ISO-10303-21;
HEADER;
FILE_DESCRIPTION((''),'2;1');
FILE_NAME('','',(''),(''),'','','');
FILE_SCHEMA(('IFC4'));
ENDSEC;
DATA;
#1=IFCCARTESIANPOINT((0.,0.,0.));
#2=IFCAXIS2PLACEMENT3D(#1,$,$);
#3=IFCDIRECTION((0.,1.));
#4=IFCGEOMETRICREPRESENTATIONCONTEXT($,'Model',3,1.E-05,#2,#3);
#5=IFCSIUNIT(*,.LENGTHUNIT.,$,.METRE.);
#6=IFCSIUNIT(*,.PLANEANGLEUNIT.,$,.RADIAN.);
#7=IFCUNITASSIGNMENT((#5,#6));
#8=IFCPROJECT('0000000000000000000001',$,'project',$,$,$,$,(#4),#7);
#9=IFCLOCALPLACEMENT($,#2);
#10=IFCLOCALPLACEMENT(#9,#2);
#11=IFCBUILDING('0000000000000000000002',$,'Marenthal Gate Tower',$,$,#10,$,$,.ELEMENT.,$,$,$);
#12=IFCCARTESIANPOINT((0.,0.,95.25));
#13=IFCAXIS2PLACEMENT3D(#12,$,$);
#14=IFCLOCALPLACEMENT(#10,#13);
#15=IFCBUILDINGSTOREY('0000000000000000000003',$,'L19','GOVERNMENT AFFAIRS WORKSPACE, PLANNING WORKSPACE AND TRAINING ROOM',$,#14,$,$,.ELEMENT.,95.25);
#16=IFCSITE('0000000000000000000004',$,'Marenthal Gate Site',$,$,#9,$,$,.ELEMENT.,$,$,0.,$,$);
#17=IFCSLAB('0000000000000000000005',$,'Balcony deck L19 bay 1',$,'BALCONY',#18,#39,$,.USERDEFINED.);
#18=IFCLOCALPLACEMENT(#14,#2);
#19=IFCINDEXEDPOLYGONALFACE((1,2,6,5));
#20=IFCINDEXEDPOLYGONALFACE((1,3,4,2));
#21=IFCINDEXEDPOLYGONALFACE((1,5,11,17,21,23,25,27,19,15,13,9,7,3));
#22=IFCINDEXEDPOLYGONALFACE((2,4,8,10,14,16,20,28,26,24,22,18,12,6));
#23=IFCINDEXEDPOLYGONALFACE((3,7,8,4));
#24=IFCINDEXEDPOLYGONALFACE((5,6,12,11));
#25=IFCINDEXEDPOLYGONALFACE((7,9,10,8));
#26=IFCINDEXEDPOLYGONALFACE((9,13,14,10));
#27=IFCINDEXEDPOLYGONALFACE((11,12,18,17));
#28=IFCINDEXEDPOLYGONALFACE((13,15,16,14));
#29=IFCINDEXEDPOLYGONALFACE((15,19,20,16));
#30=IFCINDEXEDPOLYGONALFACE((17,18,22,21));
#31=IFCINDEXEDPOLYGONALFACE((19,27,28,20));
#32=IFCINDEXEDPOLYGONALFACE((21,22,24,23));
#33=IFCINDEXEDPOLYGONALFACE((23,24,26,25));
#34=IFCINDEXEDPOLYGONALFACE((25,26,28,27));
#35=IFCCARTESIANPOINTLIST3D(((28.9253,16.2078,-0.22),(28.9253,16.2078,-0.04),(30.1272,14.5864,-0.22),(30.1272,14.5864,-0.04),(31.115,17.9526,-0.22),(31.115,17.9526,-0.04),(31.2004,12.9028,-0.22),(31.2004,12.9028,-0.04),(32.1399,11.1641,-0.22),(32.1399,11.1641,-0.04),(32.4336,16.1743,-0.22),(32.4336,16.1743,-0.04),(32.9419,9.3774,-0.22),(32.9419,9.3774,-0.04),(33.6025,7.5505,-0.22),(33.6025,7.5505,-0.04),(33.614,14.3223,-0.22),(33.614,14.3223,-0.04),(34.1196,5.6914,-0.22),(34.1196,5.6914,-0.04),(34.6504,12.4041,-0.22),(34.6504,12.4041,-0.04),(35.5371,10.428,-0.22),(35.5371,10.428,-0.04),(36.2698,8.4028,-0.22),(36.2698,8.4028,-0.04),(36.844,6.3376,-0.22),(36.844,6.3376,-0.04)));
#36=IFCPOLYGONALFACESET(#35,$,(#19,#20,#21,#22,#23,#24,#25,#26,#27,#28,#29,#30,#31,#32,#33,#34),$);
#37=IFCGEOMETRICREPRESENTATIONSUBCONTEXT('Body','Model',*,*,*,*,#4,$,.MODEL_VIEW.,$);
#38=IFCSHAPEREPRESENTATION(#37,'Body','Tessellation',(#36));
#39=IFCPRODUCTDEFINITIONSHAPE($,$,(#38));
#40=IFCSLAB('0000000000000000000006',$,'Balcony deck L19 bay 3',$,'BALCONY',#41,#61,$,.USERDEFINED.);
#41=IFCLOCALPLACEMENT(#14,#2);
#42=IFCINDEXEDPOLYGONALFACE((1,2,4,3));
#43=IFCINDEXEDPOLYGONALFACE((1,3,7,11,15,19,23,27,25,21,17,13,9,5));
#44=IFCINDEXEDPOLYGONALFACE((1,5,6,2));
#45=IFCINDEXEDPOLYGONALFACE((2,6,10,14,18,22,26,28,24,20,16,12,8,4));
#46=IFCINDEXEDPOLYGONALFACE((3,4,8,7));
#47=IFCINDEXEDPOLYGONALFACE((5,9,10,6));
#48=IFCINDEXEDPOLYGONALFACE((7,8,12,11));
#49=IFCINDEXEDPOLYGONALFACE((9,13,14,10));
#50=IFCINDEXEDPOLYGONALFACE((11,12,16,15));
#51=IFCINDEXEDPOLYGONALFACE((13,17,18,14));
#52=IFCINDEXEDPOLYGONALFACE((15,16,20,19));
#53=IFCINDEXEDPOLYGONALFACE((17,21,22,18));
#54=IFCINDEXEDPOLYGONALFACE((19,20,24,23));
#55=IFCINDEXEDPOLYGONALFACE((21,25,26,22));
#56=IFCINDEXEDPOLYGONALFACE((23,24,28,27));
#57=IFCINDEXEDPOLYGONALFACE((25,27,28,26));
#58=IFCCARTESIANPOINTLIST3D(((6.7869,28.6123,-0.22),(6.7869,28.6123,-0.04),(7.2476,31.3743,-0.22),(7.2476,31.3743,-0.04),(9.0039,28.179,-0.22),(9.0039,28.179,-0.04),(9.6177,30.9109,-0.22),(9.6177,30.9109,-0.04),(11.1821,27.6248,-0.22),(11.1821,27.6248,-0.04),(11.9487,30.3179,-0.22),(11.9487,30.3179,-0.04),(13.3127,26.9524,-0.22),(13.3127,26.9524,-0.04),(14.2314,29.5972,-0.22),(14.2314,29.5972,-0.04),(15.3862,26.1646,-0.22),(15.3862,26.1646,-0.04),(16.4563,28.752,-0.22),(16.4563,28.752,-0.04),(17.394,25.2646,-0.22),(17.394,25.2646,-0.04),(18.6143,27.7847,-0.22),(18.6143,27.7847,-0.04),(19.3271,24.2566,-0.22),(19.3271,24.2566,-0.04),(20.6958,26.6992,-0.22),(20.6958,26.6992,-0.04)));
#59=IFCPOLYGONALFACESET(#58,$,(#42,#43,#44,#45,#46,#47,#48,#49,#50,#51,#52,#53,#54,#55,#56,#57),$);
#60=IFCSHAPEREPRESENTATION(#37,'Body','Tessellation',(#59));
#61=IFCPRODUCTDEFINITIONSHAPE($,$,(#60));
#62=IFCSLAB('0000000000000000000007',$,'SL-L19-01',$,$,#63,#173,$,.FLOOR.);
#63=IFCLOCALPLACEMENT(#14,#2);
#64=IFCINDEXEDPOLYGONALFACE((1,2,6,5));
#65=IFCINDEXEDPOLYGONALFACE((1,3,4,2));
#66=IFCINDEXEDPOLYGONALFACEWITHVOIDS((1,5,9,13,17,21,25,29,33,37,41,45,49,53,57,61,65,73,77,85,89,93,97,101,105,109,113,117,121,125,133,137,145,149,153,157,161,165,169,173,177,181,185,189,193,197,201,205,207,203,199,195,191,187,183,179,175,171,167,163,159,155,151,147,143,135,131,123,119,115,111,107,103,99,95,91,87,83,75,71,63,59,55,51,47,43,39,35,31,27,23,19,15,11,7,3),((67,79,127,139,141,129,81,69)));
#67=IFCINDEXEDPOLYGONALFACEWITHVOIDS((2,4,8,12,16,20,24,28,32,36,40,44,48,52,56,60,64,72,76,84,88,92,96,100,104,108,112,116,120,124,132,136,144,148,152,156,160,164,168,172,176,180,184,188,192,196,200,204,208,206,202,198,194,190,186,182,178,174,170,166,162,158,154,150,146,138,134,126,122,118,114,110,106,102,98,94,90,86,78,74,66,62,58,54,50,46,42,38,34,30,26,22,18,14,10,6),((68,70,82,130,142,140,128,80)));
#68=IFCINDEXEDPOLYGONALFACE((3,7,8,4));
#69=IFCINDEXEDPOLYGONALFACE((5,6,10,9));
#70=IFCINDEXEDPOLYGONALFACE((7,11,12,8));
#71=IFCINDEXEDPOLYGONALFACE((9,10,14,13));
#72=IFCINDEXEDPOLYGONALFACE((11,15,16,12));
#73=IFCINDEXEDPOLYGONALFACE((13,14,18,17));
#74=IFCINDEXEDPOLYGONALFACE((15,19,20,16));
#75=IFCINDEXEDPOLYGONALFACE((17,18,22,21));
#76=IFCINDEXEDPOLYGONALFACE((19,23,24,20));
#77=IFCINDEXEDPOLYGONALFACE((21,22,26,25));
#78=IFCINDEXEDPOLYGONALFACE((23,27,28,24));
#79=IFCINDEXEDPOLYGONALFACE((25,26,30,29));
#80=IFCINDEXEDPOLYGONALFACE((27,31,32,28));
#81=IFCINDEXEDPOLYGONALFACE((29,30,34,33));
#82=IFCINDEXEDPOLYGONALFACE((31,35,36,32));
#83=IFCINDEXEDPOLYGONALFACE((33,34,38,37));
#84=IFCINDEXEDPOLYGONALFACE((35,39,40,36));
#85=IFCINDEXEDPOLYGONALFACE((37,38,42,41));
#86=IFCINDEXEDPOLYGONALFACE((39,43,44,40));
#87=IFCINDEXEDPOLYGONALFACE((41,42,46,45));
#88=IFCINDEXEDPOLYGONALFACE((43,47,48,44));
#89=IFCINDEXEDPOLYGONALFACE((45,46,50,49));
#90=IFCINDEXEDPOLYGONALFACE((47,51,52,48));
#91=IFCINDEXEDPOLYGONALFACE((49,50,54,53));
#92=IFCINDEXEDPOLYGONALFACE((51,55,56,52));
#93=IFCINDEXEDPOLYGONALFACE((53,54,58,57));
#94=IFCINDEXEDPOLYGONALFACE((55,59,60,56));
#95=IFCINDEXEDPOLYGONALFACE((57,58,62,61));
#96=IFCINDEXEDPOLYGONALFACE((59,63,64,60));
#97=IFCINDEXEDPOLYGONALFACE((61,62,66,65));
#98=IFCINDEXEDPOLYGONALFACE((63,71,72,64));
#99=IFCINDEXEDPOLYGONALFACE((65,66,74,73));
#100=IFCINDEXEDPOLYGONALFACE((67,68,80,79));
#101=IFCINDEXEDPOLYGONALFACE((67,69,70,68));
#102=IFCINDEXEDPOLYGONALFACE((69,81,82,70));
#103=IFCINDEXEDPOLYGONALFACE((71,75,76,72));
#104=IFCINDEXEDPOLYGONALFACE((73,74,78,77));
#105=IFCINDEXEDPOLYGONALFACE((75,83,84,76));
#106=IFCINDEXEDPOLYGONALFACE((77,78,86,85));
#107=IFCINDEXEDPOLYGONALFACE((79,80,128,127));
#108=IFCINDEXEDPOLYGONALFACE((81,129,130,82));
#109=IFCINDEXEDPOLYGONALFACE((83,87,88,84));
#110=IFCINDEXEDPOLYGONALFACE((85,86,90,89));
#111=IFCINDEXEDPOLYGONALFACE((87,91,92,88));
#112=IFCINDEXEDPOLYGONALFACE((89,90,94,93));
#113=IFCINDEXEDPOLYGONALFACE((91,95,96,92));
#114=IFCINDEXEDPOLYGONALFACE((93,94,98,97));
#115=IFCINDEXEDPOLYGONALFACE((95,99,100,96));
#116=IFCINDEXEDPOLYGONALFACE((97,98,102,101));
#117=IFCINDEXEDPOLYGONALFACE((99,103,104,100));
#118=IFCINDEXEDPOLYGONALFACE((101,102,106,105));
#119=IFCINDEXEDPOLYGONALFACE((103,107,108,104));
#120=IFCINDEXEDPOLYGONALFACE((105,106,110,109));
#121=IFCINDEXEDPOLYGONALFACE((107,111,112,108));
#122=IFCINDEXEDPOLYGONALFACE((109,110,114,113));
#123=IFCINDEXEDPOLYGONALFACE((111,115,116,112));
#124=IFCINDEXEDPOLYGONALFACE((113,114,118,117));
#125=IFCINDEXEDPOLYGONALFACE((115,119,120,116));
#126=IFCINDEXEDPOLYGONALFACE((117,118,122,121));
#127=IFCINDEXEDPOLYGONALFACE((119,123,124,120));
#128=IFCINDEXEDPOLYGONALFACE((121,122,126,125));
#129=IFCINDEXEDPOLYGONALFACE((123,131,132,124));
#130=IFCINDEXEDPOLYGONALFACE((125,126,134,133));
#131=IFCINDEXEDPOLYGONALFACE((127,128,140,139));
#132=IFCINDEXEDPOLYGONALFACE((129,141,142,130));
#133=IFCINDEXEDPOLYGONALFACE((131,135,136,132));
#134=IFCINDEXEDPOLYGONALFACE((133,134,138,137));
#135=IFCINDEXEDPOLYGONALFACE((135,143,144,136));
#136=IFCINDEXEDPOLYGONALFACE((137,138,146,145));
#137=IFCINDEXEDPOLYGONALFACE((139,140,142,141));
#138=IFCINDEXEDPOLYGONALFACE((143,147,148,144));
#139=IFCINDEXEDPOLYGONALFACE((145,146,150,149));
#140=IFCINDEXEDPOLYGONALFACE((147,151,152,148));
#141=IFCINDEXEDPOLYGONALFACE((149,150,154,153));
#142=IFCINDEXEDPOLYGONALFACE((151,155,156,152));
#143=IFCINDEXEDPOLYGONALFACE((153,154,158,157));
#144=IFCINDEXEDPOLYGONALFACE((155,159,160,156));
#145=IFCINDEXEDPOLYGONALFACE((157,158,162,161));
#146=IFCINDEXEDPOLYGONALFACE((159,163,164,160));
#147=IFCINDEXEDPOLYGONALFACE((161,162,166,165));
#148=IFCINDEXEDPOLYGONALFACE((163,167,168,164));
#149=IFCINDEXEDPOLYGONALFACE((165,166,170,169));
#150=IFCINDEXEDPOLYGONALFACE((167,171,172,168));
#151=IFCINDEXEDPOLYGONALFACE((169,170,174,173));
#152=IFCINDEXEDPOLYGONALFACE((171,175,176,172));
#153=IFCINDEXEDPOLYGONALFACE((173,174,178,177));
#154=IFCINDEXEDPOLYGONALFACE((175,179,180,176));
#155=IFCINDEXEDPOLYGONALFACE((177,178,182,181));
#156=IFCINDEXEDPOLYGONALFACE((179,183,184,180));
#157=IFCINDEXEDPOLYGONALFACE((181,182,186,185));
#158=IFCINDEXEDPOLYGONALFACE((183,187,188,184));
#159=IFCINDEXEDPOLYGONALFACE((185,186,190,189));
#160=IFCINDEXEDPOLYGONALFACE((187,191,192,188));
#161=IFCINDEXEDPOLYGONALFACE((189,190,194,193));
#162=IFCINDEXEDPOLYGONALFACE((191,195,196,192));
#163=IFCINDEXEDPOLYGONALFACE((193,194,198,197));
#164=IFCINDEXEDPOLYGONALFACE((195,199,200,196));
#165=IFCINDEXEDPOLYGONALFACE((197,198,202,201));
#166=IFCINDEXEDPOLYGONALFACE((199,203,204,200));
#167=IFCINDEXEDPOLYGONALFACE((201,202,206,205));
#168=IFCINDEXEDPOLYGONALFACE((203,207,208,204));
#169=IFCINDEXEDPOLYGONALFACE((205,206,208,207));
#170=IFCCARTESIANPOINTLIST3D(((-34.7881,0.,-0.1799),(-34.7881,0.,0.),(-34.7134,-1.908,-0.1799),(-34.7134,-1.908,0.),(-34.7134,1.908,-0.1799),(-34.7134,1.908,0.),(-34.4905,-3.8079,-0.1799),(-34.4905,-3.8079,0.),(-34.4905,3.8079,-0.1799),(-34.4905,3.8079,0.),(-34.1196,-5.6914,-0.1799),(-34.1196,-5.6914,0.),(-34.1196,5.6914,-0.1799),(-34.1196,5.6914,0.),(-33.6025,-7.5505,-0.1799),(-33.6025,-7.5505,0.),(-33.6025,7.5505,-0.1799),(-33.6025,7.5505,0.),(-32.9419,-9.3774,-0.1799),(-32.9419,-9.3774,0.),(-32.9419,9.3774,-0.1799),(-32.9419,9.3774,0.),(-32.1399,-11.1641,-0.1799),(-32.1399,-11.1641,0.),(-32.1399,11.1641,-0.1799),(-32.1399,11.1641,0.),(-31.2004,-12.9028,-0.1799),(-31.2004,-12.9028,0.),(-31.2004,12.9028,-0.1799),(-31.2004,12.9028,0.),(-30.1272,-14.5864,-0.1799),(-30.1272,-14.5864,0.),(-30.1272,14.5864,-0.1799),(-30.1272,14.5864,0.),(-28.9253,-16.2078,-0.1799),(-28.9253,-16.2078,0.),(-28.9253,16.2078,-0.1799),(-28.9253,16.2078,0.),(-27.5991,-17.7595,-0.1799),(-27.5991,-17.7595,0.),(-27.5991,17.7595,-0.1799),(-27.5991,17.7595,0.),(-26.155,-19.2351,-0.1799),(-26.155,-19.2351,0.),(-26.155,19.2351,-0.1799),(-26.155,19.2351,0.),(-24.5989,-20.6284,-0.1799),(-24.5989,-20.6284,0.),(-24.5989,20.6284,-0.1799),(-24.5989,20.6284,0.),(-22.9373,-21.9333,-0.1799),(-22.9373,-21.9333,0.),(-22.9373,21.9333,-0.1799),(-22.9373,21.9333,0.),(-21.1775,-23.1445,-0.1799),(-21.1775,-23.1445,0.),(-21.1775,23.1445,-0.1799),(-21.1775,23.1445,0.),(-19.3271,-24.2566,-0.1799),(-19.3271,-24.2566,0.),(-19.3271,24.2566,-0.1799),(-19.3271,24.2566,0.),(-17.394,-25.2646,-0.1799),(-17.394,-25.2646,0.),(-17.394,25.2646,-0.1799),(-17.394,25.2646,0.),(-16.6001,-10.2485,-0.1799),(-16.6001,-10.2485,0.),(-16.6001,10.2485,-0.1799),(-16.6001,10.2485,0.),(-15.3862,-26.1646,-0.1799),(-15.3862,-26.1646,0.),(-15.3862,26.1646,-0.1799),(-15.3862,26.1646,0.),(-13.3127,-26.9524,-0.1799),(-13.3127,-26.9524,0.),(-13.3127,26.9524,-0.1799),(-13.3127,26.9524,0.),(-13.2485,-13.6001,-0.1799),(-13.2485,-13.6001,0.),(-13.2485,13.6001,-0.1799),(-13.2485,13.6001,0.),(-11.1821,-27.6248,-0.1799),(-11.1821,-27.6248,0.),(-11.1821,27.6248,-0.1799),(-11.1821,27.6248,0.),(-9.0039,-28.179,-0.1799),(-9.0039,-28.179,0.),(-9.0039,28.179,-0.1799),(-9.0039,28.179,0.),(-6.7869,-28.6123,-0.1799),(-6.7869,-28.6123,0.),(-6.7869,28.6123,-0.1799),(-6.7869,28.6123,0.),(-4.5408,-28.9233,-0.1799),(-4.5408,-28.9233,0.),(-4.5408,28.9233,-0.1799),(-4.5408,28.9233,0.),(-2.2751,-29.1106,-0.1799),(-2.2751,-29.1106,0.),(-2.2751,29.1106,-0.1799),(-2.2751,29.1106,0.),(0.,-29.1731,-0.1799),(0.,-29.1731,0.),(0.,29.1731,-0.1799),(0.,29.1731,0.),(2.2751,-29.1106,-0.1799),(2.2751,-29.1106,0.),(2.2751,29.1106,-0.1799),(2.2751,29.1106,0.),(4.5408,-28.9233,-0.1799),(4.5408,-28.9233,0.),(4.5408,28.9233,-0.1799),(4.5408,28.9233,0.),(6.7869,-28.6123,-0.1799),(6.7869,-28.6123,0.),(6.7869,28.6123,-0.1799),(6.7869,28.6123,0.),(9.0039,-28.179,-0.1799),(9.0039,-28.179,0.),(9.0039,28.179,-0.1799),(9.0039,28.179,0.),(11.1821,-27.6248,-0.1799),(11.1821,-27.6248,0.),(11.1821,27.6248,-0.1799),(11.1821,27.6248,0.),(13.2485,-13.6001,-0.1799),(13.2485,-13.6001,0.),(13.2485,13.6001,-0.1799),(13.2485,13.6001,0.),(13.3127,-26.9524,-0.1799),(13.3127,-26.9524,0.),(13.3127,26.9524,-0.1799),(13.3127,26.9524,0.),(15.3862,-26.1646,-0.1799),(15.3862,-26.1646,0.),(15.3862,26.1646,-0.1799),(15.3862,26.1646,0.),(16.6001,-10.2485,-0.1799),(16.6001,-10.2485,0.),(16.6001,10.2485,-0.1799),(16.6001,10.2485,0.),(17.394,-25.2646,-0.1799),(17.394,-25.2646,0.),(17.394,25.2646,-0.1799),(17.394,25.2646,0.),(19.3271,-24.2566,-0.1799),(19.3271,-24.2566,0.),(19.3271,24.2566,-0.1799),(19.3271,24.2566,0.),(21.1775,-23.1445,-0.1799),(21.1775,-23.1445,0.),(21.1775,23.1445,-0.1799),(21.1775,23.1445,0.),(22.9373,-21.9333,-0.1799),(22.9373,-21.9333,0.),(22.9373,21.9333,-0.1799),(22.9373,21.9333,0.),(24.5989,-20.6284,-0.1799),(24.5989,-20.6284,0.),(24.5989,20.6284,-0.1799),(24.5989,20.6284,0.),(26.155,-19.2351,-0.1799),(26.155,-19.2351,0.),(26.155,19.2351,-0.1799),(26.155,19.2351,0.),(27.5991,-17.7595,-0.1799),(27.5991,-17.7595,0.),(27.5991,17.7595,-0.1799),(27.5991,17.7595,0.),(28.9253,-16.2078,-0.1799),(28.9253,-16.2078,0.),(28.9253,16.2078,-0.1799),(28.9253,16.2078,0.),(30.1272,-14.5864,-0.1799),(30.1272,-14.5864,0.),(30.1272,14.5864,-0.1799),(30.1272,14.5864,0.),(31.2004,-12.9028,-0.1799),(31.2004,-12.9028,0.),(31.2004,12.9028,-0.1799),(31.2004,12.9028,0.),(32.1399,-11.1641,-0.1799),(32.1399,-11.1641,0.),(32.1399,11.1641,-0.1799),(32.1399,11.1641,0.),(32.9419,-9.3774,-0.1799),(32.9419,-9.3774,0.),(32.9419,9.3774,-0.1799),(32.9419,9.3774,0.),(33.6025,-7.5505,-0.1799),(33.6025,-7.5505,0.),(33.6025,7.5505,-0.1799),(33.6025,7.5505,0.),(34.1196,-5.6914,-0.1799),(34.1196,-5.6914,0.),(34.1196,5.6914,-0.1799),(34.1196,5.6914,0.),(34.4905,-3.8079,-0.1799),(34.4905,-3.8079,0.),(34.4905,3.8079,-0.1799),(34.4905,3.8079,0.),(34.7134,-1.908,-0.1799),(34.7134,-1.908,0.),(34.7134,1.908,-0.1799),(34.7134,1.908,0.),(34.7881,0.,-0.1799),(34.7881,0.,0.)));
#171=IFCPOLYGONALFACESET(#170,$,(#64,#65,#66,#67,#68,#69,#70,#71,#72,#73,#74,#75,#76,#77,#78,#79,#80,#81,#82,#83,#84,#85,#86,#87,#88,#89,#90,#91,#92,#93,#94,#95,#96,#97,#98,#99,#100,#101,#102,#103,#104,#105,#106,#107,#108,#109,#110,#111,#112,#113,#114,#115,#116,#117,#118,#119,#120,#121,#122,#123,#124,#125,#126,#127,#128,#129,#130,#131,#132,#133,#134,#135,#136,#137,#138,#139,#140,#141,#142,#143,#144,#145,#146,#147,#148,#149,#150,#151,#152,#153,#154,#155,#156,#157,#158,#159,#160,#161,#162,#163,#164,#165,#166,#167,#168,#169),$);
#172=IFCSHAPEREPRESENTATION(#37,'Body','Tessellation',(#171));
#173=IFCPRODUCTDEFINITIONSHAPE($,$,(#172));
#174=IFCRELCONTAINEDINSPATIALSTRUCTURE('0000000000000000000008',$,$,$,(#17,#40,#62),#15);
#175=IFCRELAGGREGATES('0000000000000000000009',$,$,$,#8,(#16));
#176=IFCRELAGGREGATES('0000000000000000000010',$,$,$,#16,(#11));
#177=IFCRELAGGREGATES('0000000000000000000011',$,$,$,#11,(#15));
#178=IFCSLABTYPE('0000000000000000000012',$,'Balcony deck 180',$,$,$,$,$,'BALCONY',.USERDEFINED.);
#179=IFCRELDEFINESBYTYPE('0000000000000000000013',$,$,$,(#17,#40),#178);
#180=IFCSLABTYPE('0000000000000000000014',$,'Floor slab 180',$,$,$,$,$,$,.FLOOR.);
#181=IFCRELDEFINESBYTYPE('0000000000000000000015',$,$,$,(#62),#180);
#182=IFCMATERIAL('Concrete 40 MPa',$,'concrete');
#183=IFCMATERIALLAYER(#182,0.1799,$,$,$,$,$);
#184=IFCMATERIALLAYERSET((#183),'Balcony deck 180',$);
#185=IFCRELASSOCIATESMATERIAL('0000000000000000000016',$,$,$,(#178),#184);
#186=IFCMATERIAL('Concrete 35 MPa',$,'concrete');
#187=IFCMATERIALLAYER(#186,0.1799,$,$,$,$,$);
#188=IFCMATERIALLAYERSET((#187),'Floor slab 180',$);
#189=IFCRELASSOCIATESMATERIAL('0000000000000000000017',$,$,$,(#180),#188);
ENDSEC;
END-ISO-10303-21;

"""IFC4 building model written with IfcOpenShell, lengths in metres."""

from ifc_helpers import new_model, si_unit, direction, frame, origin, place, context, subcontext, project, spatial, polyline, outline, extrude, material, layer, layer_set, type_object, element, save


model = new_model("IFC4")

# Units and contexts
model_context = context("Model", 3, precision=1e-05, world=origin(), true_north=direction((0.0, 1.0)))
body_context = subcontext(model_context, "Body", "Model", "MODEL_VIEW")
ifc_project = project(units=[si_unit("LENGTHUNIT", "METRE"), si_unit("PLANEANGLEUNIT", "RADIAN")], contexts=[model_context])

# Site, building, storey
site_placement = place(None, origin())
site = spatial("IfcSite", under=ifc_project, at=site_placement, Name="Marenthal Gate Site", CompositionType="ELEMENT", RefElevation=0.0)
building_placement = place(site_placement, origin())
building = spatial("IfcBuilding", under=site, at=building_placement, Name="Marenthal Gate Tower", CompositionType="ELEMENT")
storey_placement = place(building_placement, frame((0.0, 0.0, 95.25)))
storey = spatial("IfcBuildingStorey", under=building, at=storey_placement, Name="L19", Description="GOVERNMENT AFFAIRS WORKSPACE, PLANNING WORKSPACE AND TRAINING ROOM", CompositionType="ELEMENT", Elevation=95.25)

# Slabs
ifc_material_1 = material(Name="Concrete 40 MPa", Category="concrete")
ifc_layer_1 = layer(ifc_material_1, 0.1799)
ifc_layer_set_1 = layer_set([ifc_layer_1], Name="Balcony deck 180")
slab_type_1 = type_object("IfcSlabType", Name="Balcony deck 180", ElementType="BALCONY", PredefinedType="USERDEFINED", material=ifc_layer_set_1)
slab_1_placement = place(storey_placement, frame((0.0, 0.0, -0.22)))
element("IfcSlab", 1, at=slab_1_placement, inside=storey, type_object=slab_type_1, Name="Balcony deck L19 bay 1", ObjectType="BALCONY", PredefinedType="USERDEFINED", context=body_context, shape_type="SweptSolid", body=[
    extrude(outline(polyline([(34.1196, 5.6914), (33.6025, 7.5505), (32.9419, 9.3774), (32.1399, 11.1641), (31.2004, 12.9028), (30.1272, 14.5864), (28.9253, 16.2078), (31.115, 17.9526), (32.4336, 16.1743), (33.614, 14.3223), (34.6504, 12.4041), (35.5371, 10.428), (36.2698, 8.4028), (36.844, 6.3376), (34.1196, 5.6914)])), origin(), (0.0, 0.0, 1.0), 0.1799),
])
slab_2_placement = place(storey_placement, frame((0.0, 0.0, -0.22)))
element("IfcSlab", 2, at=slab_2_placement, inside=storey, type_object=slab_type_1, Name="Balcony deck L19 bay 3", ObjectType="BALCONY", PredefinedType="USERDEFINED", context=body_context, shape_type="SweptSolid", body=[
    extrude(outline(polyline([(19.3271, 24.2566), (17.394, 25.2646), (15.3862, 26.1646), (13.3127, 26.9524), (11.1821, 27.6248), (9.0039, 28.179), (6.7869, 28.6123), (7.2476, 31.3743), (9.6177, 30.9109), (11.9487, 30.3179), (14.2314, 29.5972), (16.4563, 28.752), (18.6143, 27.7847), (20.6958, 26.6992), (19.3271, 24.2566)])), origin(), (0.0, 0.0, 1.0), 0.1799),
])
ifc_material_2 = material(Name="Concrete 35 MPa", Category="concrete")
ifc_layer_2 = layer(ifc_material_2, 0.1799)
ifc_layer_set_2 = layer_set([ifc_layer_2], Name="Floor slab 180")
slab_type_2 = type_object("IfcSlabType", Name="Floor slab 180", PredefinedType="FLOOR", material=ifc_layer_set_2)
slab_3_placement = place(storey_placement, frame((0.0, 0.0, -0.1799)))
element("IfcSlab", 3, at=slab_3_placement, inside=storey, type_object=slab_type_2, Name="SL-L19-01", PredefinedType="FLOOR", context=body_context, shape_type="SweptSolid", body=[
    extrude(outline(polyline([(34.7881, 0.0), (34.7134, 1.908), (34.4905, 3.8079), (34.1196, 5.6914), (33.6025, 7.5505), (32.9419, 9.3774), (32.1399, 11.1641), (31.2004, 12.9028), (30.1272, 14.5864), (28.9253, 16.2078), (27.5991, 17.7595), (26.155, 19.2351), (24.5989, 20.6284), (22.9373, 21.9333), (21.1775, 23.1445), (19.3271, 24.2566), (17.394, 25.2646), (15.3862, 26.1646), (13.3127, 26.9524), (11.1821, 27.6248), (9.0039, 28.179), (6.7869, 28.6123), (4.5408, 28.9233), (2.2751, 29.1106), (0.0, 29.1731), (-2.2751, 29.1106), (-4.5408, 28.9233), (-6.7869, 28.6123), (-9.0039, 28.179), (-11.1821, 27.6248), (-13.3127, 26.9524), (-15.3862, 26.1646), (-17.394, 25.2646), (-19.3271, 24.2566), (-21.1775, 23.1445), (-22.9373, 21.9333), (-24.5989, 20.6284), (-26.155, 19.2351), (-27.5991, 17.7595), (-28.9253, 16.2078), (-30.1272, 14.5864), (-31.2004, 12.9028), (-32.1399, 11.1641), (-32.9419, 9.3774), (-33.6025, 7.5505), (-34.1196, 5.6914), (-34.4905, 3.8079), (-34.7134, 1.908), (-34.7881, 0.0), (-34.7134, -1.908), (-34.4905, -3.8079), (-34.1196, -5.6914), (-33.6025, -7.5505), (-32.9419, -9.3774), (-32.1399, -11.1641), (-31.2004, -12.9028), (-30.1272, -14.5864), (-28.9253, -16.2078), (-27.5991, -17.7595), (-26.155, -19.2351), (-24.5989, -20.6284), (-22.9373, -21.9333), (-21.1775, -23.1445), (-19.3271, -24.2566), (-17.394, -25.2646), (-15.3862, -26.1646), (-13.3127, -26.9524), (-11.1821, -27.6248), (-9.0039, -28.179), (-6.7869, -28.6123), (-4.5408, -28.9233), (-2.2751, -29.1106), (0.0, -29.1731), (2.2751, -29.1106), (4.5408, -28.9233), (6.7869, -28.6123), (9.0039, -28.179), (11.1821, -27.6248), (13.3127, -26.9524), (15.3862, -26.1646), (17.394, -25.2646), (19.3271, -24.2566), (21.1775, -23.1445), (22.9373, -21.9333), (24.5989, -20.6284), (26.155, -19.2351), (27.5991, -17.7595), (28.9253, -16.2078), (30.1272, -14.5864), (31.2004, -12.9028), (32.1399, -11.1641), (32.9419, -9.3774), (33.6025, -7.5505), (34.1196, -5.6914), (34.4905, -3.8079), (34.7134, -1.908), (34.7881, 0.0)]), holes=[polyline([(13.2485, -13.6001), (16.6001, -10.2485), (16.6001, 10.2485), (13.2485, 13.6001), (-13.2485, 13.6001), (-16.6001, 10.2485), (-16.6001, -10.2485), (-13.2485, -13.6001), (13.2485, -13.6001)])]), origin(), (0.0, 0.0, 1.0), 0.1799),
])

save(model, "model.ifc")
